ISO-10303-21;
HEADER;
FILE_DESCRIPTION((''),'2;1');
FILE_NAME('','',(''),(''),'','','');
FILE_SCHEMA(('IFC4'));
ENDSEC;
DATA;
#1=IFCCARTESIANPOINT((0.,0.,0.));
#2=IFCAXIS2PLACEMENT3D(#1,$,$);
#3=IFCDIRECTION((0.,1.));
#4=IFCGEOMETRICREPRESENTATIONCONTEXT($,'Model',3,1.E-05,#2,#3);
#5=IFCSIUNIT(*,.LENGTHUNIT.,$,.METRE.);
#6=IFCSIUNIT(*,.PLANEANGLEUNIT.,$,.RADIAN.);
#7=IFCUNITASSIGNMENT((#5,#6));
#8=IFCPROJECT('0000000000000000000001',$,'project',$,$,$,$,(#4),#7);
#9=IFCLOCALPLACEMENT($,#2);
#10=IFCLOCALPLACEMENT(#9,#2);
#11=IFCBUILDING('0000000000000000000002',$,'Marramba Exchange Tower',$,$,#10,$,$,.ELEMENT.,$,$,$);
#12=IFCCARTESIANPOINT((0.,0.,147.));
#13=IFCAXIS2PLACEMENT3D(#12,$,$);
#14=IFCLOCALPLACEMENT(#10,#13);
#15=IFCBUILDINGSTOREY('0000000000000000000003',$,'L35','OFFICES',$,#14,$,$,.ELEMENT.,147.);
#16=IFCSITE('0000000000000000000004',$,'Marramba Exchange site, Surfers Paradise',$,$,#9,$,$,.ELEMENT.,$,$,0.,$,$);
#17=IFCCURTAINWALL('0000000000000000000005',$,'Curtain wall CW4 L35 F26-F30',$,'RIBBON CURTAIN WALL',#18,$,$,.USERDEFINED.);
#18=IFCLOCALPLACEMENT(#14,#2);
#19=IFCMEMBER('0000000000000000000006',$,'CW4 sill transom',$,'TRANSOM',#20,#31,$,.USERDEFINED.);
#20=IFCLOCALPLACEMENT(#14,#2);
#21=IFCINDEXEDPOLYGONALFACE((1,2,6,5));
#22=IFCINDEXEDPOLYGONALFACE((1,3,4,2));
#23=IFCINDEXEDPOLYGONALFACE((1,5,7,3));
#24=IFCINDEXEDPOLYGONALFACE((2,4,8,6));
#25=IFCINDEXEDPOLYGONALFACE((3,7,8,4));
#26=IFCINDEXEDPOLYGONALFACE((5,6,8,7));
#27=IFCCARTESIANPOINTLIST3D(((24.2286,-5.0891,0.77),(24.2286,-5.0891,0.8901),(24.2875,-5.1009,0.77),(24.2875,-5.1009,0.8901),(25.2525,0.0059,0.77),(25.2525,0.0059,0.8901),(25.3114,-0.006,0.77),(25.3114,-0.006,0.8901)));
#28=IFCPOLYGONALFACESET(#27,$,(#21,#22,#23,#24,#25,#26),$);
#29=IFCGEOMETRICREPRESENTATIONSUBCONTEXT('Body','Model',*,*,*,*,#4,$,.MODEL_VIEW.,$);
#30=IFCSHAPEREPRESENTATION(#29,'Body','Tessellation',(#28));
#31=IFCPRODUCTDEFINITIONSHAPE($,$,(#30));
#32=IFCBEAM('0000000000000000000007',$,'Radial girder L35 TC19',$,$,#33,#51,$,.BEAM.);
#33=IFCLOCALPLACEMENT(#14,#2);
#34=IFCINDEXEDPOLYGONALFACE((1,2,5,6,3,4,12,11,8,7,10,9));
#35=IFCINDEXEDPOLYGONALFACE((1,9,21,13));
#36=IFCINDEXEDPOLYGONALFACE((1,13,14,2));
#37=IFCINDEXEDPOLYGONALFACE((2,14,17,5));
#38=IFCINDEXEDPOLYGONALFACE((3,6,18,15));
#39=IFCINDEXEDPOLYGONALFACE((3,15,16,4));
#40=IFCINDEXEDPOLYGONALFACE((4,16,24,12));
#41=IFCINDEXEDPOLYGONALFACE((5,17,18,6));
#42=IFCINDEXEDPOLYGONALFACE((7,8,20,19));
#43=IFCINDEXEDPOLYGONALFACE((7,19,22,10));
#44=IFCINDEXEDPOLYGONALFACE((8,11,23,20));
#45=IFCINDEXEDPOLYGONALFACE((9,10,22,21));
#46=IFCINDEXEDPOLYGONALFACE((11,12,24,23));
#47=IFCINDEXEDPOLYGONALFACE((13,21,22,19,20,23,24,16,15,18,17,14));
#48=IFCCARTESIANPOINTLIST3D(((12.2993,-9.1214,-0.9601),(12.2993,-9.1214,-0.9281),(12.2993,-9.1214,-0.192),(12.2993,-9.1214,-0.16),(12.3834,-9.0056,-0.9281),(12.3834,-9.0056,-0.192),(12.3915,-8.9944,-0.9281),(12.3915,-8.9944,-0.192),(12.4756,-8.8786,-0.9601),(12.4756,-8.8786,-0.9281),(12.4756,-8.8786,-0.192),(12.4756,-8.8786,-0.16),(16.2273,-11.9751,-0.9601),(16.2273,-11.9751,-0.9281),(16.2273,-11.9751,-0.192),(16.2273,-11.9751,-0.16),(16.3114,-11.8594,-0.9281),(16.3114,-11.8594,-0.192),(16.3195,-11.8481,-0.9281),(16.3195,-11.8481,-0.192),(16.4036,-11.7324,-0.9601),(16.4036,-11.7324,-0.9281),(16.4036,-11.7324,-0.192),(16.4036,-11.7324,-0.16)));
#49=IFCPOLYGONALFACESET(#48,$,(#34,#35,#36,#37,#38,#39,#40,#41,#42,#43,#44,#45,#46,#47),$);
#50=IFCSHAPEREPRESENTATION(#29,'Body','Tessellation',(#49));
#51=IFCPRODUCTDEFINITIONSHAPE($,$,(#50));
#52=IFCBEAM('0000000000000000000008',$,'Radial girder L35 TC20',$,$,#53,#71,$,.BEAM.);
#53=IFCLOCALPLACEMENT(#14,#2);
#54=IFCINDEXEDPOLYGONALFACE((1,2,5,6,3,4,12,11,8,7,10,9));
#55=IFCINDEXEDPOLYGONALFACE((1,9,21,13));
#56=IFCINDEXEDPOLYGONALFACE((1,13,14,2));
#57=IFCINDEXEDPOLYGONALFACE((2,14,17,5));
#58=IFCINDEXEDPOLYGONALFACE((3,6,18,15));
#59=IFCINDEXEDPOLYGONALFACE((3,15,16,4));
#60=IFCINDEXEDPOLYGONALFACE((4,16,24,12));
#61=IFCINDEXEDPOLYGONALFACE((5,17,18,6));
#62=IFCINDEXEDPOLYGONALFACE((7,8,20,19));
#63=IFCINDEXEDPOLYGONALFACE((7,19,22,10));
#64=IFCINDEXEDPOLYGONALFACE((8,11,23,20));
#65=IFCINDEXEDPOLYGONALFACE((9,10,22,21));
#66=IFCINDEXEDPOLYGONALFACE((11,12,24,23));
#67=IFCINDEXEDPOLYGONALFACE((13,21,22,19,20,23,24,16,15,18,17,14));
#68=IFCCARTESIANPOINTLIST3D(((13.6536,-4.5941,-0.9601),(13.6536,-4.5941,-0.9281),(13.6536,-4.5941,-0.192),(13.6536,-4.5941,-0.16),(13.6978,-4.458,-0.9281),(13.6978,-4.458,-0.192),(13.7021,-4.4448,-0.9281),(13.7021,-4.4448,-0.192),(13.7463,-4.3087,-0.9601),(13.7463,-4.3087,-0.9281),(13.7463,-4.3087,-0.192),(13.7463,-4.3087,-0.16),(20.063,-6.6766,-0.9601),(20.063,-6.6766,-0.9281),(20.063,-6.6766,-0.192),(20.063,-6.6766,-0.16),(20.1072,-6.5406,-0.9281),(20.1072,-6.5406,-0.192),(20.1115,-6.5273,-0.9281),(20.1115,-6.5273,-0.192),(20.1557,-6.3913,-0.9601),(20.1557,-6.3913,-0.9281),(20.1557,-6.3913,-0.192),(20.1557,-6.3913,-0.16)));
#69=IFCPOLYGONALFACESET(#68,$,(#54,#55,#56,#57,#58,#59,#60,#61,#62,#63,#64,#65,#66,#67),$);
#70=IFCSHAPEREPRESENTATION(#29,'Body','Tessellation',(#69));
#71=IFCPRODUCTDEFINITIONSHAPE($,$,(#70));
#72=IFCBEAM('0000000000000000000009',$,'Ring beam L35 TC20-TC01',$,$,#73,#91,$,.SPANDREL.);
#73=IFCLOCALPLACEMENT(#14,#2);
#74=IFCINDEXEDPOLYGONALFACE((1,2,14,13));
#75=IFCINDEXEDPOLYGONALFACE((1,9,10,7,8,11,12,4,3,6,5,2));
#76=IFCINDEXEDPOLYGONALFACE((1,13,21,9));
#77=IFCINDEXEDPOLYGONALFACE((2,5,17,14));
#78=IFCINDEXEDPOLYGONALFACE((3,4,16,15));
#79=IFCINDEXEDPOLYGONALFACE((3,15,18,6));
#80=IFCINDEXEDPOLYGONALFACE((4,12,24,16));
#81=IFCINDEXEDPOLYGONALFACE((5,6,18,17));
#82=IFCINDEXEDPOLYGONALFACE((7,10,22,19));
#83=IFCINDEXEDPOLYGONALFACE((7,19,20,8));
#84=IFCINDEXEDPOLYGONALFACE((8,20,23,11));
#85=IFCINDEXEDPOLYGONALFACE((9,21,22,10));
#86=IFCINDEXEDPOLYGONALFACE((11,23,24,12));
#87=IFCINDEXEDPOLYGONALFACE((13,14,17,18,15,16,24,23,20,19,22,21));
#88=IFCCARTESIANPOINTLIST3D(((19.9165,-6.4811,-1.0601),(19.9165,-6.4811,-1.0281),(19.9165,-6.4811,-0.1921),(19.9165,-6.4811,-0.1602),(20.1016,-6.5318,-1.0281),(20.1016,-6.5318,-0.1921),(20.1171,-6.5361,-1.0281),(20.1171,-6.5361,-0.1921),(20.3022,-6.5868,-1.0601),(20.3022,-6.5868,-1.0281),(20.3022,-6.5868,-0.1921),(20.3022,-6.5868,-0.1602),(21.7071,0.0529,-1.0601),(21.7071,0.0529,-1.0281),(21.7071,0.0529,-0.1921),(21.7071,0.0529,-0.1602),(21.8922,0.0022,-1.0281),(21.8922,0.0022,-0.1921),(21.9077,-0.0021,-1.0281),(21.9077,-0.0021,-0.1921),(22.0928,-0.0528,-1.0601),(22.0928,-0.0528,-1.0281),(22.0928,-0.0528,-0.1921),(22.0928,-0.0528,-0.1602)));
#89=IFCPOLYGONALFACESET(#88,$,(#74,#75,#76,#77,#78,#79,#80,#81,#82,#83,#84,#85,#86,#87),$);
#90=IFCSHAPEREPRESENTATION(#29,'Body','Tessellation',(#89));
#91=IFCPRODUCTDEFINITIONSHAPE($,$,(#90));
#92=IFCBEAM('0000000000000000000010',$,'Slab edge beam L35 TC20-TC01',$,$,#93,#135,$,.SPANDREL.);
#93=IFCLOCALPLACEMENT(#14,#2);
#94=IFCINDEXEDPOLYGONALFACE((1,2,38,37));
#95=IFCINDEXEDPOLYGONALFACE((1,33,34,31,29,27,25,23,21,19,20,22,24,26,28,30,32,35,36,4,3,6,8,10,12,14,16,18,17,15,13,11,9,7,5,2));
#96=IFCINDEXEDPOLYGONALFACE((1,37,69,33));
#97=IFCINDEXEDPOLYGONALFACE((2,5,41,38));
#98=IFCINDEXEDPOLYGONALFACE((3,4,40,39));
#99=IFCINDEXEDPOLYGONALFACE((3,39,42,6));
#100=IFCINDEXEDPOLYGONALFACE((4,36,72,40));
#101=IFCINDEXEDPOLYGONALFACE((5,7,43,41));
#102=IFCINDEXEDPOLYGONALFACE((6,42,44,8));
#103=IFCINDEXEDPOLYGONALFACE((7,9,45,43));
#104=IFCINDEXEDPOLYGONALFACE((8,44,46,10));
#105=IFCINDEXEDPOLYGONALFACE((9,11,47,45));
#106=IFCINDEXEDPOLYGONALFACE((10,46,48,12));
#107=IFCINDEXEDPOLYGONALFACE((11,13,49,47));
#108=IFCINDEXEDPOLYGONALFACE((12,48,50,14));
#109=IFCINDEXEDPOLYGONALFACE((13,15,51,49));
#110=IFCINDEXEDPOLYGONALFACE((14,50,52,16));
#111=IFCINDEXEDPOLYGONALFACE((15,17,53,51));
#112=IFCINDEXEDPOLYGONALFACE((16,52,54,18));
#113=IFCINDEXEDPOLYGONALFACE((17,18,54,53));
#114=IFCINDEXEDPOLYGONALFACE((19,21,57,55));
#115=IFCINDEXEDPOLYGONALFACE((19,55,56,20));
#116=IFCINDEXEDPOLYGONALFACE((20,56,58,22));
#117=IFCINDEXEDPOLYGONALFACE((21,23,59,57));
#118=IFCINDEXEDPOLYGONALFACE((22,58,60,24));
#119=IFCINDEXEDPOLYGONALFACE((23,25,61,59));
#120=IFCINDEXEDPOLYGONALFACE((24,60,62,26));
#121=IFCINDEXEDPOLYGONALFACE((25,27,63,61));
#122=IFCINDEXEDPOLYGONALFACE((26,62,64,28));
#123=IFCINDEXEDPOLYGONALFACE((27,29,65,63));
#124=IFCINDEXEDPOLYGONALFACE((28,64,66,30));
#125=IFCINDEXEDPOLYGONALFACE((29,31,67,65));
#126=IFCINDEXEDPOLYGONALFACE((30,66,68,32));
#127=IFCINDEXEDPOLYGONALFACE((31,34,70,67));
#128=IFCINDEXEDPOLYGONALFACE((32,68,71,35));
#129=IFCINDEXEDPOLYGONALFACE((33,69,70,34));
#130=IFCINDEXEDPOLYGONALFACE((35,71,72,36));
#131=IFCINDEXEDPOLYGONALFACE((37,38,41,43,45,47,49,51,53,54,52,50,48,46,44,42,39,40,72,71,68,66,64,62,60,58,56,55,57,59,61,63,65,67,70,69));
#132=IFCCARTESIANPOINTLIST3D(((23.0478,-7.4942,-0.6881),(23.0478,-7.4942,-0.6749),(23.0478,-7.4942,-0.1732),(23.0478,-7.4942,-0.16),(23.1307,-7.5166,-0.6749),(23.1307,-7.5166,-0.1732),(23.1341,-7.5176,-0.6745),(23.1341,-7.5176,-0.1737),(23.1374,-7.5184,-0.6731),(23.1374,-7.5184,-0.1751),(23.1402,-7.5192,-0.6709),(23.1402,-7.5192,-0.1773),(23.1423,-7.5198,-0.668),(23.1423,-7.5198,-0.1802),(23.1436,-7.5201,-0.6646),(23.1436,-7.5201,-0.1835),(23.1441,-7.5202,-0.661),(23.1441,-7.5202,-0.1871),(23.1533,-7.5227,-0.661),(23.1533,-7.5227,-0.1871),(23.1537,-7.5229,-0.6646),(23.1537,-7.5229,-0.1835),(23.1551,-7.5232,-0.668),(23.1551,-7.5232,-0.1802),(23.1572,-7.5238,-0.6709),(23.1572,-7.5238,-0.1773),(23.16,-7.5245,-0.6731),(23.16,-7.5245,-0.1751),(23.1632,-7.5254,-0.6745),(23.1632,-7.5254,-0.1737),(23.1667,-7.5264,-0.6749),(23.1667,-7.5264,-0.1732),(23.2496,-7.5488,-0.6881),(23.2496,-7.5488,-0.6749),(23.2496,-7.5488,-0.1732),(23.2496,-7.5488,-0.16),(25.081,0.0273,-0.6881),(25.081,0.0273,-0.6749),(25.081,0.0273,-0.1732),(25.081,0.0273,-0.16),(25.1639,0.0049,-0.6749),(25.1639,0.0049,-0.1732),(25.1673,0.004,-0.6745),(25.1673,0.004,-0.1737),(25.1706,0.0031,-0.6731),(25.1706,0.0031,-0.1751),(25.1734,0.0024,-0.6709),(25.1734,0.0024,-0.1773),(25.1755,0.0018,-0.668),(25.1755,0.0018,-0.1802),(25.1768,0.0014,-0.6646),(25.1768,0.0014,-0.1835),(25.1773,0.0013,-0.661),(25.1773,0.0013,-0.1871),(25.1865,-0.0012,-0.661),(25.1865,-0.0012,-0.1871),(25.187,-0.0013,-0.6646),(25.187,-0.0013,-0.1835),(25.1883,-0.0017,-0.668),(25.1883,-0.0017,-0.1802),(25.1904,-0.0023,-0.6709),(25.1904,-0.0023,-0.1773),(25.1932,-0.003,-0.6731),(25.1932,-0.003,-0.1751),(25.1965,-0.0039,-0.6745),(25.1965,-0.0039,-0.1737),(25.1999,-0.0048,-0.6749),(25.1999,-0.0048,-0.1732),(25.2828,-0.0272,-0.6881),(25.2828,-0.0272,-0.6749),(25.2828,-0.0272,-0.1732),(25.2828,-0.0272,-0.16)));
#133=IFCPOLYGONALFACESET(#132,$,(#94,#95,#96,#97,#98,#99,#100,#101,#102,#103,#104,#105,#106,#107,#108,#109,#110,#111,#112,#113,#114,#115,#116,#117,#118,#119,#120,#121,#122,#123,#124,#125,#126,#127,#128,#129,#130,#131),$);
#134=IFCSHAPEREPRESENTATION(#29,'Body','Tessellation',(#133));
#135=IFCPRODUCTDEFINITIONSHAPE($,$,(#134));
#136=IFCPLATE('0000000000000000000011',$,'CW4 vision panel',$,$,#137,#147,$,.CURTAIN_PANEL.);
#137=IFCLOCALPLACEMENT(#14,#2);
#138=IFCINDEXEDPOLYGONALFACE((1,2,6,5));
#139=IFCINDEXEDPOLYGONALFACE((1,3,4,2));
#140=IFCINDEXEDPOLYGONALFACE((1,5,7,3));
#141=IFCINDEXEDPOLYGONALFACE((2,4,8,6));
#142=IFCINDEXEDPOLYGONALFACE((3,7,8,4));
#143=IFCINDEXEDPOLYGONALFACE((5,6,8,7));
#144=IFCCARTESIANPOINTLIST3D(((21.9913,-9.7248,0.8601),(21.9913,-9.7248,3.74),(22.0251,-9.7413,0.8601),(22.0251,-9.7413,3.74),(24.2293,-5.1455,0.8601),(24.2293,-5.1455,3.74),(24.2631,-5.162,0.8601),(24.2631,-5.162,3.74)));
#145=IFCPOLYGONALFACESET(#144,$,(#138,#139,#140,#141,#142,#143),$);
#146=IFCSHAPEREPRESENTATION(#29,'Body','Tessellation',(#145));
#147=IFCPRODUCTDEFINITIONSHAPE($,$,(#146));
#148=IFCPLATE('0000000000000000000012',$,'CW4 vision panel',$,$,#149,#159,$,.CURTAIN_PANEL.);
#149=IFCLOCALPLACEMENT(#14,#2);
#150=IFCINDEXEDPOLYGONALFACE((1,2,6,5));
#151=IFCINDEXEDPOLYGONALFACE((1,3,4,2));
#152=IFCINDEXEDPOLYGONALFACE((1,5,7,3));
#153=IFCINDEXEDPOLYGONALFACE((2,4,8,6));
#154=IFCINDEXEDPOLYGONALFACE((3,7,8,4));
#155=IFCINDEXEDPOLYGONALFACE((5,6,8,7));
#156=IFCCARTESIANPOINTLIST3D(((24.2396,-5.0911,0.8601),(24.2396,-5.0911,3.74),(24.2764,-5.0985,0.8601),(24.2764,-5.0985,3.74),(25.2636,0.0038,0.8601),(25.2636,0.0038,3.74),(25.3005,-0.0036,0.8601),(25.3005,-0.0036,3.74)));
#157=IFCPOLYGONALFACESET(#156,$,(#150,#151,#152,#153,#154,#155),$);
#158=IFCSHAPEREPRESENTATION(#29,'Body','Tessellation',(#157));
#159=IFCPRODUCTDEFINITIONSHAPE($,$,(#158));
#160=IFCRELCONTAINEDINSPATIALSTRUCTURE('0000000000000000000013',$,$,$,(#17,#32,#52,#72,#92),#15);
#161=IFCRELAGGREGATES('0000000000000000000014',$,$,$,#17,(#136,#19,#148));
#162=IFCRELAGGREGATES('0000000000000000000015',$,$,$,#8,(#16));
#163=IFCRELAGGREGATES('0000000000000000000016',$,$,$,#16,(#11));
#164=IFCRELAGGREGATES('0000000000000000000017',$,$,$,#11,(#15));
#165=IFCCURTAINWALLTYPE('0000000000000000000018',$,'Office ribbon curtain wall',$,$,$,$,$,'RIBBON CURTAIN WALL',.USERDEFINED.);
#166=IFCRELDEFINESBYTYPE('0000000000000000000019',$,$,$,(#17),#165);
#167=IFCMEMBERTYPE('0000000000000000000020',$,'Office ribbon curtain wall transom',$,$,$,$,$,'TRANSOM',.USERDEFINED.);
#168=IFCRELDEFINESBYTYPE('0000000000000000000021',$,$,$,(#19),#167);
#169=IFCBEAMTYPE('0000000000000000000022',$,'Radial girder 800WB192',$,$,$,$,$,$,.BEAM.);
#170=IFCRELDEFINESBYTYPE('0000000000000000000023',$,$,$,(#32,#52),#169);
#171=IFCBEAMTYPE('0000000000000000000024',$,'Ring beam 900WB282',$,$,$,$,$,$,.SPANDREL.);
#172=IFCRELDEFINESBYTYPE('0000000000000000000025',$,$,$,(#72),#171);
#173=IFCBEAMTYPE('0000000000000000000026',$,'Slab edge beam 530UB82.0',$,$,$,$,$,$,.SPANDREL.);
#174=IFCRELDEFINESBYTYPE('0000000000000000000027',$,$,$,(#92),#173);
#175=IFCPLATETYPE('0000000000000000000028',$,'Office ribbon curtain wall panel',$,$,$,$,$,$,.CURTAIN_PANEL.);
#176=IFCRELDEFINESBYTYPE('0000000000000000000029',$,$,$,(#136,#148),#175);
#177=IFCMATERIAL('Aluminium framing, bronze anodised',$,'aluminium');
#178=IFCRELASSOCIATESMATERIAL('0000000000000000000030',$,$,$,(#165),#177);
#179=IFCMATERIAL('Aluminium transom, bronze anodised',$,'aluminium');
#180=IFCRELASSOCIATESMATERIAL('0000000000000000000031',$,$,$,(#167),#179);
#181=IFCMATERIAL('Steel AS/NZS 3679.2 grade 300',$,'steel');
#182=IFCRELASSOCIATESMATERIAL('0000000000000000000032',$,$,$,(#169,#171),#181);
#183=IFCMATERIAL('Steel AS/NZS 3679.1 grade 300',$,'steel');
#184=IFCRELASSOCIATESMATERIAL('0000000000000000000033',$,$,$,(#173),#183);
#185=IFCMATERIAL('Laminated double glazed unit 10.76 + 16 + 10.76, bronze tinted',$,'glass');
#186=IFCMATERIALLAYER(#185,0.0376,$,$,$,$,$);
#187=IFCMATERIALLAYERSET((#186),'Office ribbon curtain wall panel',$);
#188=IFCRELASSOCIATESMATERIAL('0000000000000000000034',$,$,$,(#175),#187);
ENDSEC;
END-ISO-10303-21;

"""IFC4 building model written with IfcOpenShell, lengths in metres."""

from ifc_helpers import new_model, si_unit, direction, frame, origin, origin_2d, place, context, subcontext, project, spatial, rectangle, i_section, extrude, material, layer, layer_set, material_profile, profile_set, type_object, element, aggregate, save


model = new_model("IFC4")

# Units and contexts
model_context = context("Model", 3, precision=1e-05, world=origin(), true_north=direction((0.0, 1.0)))
body_context = subcontext(model_context, "Body", "Model", "MODEL_VIEW")
ifc_project = project(units=[si_unit("LENGTHUNIT", "METRE"), si_unit("PLANEANGLEUNIT", "RADIAN")], contexts=[model_context])

# Site, building, storey
site_placement = place(None, origin())
site = spatial("IfcSite", under=ifc_project, at=site_placement, Name="Marramba Exchange site, Surfers Paradise", CompositionType="ELEMENT", RefElevation=0.0)
building_placement = place(site_placement, origin())
building = spatial("IfcBuilding", under=site, at=building_placement, Name="Marramba Exchange Tower", CompositionType="ELEMENT")
storey_placement = place(building_placement, frame((0.0, 0.0, 147.0)))
storey = spatial("IfcBuildingStorey", under=building, at=storey_placement, Name="L35", Description="OFFICES", CompositionType="ELEMENT", Elevation=147.0)

# Shared definitions
ifc_material_1 = material(Name="Steel AS/NZS 3679.2 grade 300", Category="steel")
ifc_material_2 = material(Name="Steel AS/NZS 3679.1 grade 300", Category="steel")

# Curtain wall, member
ifc_material_3 = material(Name="Aluminium framing, bronze anodised", Category="aluminium")
curtain_wall_type = type_object("IfcCurtainWallType", Name="Office ribbon curtain wall", ElementType="RIBBON CURTAIN WALL", PredefinedType="USERDEFINED", material=ifc_material_3)
curtain_wall_placement = place(storey_placement, origin())
curtain_wall = element("IfcCurtainWall", 1, at=curtain_wall_placement, inside=storey, type_object=curtain_wall_type, Name="Curtain wall CW4 L35 F26-F30", ObjectType="RIBBON CURTAIN WALL", PredefinedType="USERDEFINED")
ifc_material_4 = material(Name="Aluminium transom, bronze anodised", Category="aluminium")
ifc_material_profile_1 = material_profile(ifc_material_4, rectangle(XDim=0.0601, YDim=0.1201, at=origin_2d()), Name="CW4 transom 60x120")
ifc_profile_set_1 = profile_set([ifc_material_profile_1], Name="Aluminium transom, bronze anodised")
member_type_1 = type_object("IfcMemberType", Name="Office ribbon curtain wall transom", ElementType="TRANSOM", PredefinedType="USERDEFINED", material=ifc_profile_set_1)
member_1_placement = place(storey_placement, frame((24.2581, -5.095, 0.8301), z_axis=(0.197029, 0.980398, 0.0), x_axis=(-0.980398, 0.197029, 0.0)))
member_1 = element("IfcMember", 2, at=member_1_placement, type_object=member_type_1, Name="CW4 sill transom", ObjectType="TRANSOM", PredefinedType="USERDEFINED", context=body_context, shape_type="SweptSolid", body=[
    extrude(rectangle(XDim=0.0601, YDim=0.1201, at=origin_2d()), origin(), (0.0, 0.0, 1.0), 5.1968),
])

# Beams
ifc_material_profile_2 = material_profile(ifc_material_1, i_section(OverallWidth=0.3, OverallDepth=0.8, WebThickness=0.0139, FlangeThickness=0.032, at=origin_2d()), Name="800WB192")
ifc_profile_set_2 = profile_set([ifc_material_profile_2], Name="Steel AS/NZS 3679.2 grade 300")
beam_type_1 = type_object("IfcBeamType", Name="Radial girder 800WB192", PredefinedType="BEAM", material=ifc_profile_set_2)
beam_1_placement = place(storey_placement, frame((12.3875, -9.0, -0.5601), z_axis=(0.809025, -0.587774, 0.0), x_axis=(0.587774, 0.809025, 0.0)))
element("IfcBeam", 3, at=beam_1_placement, inside=storey, type_object=beam_type_1, Name="Radial girder L35 TC19", PredefinedType="BEAM", context=body_context, shape_type="SweptSolid", body=[
    extrude(i_section(OverallWidth=0.3, OverallDepth=0.8, WebThickness=0.0139, FlangeThickness=0.032, at=origin_2d()), origin(), (0.0, 0.0, 1.0), 4.8552),
])
beam_2_placement = place(storey_placement, frame((13.7, -4.4514, -0.5601), z_axis=(0.951058, -0.309013, 0.0), x_axis=(0.309013, 0.951058, 0.0)))
element("IfcBeam", 4, at=beam_2_placement, inside=storey, type_object=beam_type_1, Name="Radial girder L35 TC20", PredefinedType="BEAM", context=body_context, shape_type="SweptSolid", body=[
    extrude(i_section(OverallWidth=0.3, OverallDepth=0.8, WebThickness=0.0139, FlangeThickness=0.032, at=origin_2d()), origin(), (0.0, 0.0, 1.0), 6.7393),
])
ifc_material_profile_3 = material_profile(ifc_material_1, i_section(OverallWidth=0.3999, OverallDepth=0.8999, WebThickness=0.0161, FlangeThickness=0.032, at=origin_2d()), Name="900WB282")
ifc_profile_set_3 = profile_set([ifc_material_profile_3], Name="Steel AS/NZS 3679.2 grade 300")
beam_type_2 = type_object("IfcBeamType", Name="Ring beam 900WB282", PredefinedType="SPANDREL", material=ifc_profile_set_3)
beam_3_placement = place(storey_placement, frame((20.1094, -6.5339, -0.6101), z_axis=(0.264291, 0.964443, 0.0), x_axis=(-0.964443, 0.264291, 0.0)))
element("IfcBeam", 5, at=beam_3_placement, inside=storey, type_object=beam_type_2, Name="Ring beam L35 TC20-TC01", PredefinedType="SPANDREL", context=body_context, shape_type="SweptSolid", body=[
    extrude(i_section(OverallWidth=0.3999, OverallDepth=0.8999, WebThickness=0.0161, FlangeThickness=0.032, at=origin_2d()), origin(), (0.0, 0.0, 1.0), 6.7749),
])
ifc_material_profile_4 = material_profile(ifc_material_2, i_section(OverallWidth=0.209, OverallDepth=0.5281, WebThickness=0.0095, FlangeThickness=0.0132, FilletRadius=0.0139, at=origin_2d()), Name="530UB82.0")
ifc_profile_set_4 = profile_set([ifc_material_profile_4], Name="Steel AS/NZS 3679.1 grade 300")
beam_type_3 = type_object("IfcBeamType", Name="Slab edge beam 530UB82.0", PredefinedType="SPANDREL", material=ifc_profile_set_4)
beam_4_placement = place(storey_placement, frame((23.1487, -7.5215, -0.4241), z_axis=(0.260953, 0.965351, 0.0), x_axis=(-0.965351, 0.260953, 0.0)))
element("IfcBeam", 6, at=beam_4_placement, inside=storey, type_object=beam_type_3, Name="Slab edge beam L35 TC20-TC01", PredefinedType="SPANDREL", context=body_context, shape_type="SweptSolid", body=[
    extrude(i_section(OverallWidth=0.209, OverallDepth=0.5281, WebThickness=0.0095, FlangeThickness=0.0132, FilletRadius=0.0139, at=origin_2d()), origin(), (0.0, 0.0, 1.0), 7.7915),
])

# Plates
ifc_material_5 = material(Name="Laminated double glazed unit 10.76 + 16 + 10.76, bronze tinted", Category="glass")
ifc_layer_1 = layer(ifc_material_5, 0.0376)
ifc_layer_set_1 = layer_set([ifc_layer_1], Name="Office ribbon curtain wall panel")
plate_type = type_object("IfcPlateType", Name="Office ribbon curtain wall panel", PredefinedType="CURTAIN_PANEL", material=ifc_layer_set_1)
plate_1_placement = place(storey_placement, frame((23.1272, -7.4434, 0.8601), z_axis=(0.0, 0.0, 1.0), x_axis=(0.439086, 0.898445, 0.0)))
plate_1 = element("IfcPlate", 7, at=plate_1_placement, type_object=plate_type, Name="CW4 vision panel", PredefinedType="CURTAIN_PANEL", context=body_context, shape_type="SweptSolid", body=[
    extrude(rectangle(XDim=5.0969, YDim=0.0376, at=origin_2d()), origin(), (0.0, 0.0, 1.0), 2.8799),
])
plate_2_placement = place(storey_placement, frame((24.77, -2.5474, 0.8601), z_axis=(0.0, 0.0, 1.0), x_axis=(0.197049, 0.980394, 0.0)))
plate_2 = element("IfcPlate", 8, at=plate_2_placement, type_object=plate_type, Name="CW4 vision panel", PredefinedType="CURTAIN_PANEL", context=body_context, shape_type="SweptSolid", body=[
    extrude(rectangle(XDim=5.1968, YDim=0.0376, at=origin_2d()), origin(), (0.0, 0.0, 1.0), 2.8799),
])
aggregate(curtain_wall, [plate_1, member_1, plate_2])

save(model, "model.ifc")
